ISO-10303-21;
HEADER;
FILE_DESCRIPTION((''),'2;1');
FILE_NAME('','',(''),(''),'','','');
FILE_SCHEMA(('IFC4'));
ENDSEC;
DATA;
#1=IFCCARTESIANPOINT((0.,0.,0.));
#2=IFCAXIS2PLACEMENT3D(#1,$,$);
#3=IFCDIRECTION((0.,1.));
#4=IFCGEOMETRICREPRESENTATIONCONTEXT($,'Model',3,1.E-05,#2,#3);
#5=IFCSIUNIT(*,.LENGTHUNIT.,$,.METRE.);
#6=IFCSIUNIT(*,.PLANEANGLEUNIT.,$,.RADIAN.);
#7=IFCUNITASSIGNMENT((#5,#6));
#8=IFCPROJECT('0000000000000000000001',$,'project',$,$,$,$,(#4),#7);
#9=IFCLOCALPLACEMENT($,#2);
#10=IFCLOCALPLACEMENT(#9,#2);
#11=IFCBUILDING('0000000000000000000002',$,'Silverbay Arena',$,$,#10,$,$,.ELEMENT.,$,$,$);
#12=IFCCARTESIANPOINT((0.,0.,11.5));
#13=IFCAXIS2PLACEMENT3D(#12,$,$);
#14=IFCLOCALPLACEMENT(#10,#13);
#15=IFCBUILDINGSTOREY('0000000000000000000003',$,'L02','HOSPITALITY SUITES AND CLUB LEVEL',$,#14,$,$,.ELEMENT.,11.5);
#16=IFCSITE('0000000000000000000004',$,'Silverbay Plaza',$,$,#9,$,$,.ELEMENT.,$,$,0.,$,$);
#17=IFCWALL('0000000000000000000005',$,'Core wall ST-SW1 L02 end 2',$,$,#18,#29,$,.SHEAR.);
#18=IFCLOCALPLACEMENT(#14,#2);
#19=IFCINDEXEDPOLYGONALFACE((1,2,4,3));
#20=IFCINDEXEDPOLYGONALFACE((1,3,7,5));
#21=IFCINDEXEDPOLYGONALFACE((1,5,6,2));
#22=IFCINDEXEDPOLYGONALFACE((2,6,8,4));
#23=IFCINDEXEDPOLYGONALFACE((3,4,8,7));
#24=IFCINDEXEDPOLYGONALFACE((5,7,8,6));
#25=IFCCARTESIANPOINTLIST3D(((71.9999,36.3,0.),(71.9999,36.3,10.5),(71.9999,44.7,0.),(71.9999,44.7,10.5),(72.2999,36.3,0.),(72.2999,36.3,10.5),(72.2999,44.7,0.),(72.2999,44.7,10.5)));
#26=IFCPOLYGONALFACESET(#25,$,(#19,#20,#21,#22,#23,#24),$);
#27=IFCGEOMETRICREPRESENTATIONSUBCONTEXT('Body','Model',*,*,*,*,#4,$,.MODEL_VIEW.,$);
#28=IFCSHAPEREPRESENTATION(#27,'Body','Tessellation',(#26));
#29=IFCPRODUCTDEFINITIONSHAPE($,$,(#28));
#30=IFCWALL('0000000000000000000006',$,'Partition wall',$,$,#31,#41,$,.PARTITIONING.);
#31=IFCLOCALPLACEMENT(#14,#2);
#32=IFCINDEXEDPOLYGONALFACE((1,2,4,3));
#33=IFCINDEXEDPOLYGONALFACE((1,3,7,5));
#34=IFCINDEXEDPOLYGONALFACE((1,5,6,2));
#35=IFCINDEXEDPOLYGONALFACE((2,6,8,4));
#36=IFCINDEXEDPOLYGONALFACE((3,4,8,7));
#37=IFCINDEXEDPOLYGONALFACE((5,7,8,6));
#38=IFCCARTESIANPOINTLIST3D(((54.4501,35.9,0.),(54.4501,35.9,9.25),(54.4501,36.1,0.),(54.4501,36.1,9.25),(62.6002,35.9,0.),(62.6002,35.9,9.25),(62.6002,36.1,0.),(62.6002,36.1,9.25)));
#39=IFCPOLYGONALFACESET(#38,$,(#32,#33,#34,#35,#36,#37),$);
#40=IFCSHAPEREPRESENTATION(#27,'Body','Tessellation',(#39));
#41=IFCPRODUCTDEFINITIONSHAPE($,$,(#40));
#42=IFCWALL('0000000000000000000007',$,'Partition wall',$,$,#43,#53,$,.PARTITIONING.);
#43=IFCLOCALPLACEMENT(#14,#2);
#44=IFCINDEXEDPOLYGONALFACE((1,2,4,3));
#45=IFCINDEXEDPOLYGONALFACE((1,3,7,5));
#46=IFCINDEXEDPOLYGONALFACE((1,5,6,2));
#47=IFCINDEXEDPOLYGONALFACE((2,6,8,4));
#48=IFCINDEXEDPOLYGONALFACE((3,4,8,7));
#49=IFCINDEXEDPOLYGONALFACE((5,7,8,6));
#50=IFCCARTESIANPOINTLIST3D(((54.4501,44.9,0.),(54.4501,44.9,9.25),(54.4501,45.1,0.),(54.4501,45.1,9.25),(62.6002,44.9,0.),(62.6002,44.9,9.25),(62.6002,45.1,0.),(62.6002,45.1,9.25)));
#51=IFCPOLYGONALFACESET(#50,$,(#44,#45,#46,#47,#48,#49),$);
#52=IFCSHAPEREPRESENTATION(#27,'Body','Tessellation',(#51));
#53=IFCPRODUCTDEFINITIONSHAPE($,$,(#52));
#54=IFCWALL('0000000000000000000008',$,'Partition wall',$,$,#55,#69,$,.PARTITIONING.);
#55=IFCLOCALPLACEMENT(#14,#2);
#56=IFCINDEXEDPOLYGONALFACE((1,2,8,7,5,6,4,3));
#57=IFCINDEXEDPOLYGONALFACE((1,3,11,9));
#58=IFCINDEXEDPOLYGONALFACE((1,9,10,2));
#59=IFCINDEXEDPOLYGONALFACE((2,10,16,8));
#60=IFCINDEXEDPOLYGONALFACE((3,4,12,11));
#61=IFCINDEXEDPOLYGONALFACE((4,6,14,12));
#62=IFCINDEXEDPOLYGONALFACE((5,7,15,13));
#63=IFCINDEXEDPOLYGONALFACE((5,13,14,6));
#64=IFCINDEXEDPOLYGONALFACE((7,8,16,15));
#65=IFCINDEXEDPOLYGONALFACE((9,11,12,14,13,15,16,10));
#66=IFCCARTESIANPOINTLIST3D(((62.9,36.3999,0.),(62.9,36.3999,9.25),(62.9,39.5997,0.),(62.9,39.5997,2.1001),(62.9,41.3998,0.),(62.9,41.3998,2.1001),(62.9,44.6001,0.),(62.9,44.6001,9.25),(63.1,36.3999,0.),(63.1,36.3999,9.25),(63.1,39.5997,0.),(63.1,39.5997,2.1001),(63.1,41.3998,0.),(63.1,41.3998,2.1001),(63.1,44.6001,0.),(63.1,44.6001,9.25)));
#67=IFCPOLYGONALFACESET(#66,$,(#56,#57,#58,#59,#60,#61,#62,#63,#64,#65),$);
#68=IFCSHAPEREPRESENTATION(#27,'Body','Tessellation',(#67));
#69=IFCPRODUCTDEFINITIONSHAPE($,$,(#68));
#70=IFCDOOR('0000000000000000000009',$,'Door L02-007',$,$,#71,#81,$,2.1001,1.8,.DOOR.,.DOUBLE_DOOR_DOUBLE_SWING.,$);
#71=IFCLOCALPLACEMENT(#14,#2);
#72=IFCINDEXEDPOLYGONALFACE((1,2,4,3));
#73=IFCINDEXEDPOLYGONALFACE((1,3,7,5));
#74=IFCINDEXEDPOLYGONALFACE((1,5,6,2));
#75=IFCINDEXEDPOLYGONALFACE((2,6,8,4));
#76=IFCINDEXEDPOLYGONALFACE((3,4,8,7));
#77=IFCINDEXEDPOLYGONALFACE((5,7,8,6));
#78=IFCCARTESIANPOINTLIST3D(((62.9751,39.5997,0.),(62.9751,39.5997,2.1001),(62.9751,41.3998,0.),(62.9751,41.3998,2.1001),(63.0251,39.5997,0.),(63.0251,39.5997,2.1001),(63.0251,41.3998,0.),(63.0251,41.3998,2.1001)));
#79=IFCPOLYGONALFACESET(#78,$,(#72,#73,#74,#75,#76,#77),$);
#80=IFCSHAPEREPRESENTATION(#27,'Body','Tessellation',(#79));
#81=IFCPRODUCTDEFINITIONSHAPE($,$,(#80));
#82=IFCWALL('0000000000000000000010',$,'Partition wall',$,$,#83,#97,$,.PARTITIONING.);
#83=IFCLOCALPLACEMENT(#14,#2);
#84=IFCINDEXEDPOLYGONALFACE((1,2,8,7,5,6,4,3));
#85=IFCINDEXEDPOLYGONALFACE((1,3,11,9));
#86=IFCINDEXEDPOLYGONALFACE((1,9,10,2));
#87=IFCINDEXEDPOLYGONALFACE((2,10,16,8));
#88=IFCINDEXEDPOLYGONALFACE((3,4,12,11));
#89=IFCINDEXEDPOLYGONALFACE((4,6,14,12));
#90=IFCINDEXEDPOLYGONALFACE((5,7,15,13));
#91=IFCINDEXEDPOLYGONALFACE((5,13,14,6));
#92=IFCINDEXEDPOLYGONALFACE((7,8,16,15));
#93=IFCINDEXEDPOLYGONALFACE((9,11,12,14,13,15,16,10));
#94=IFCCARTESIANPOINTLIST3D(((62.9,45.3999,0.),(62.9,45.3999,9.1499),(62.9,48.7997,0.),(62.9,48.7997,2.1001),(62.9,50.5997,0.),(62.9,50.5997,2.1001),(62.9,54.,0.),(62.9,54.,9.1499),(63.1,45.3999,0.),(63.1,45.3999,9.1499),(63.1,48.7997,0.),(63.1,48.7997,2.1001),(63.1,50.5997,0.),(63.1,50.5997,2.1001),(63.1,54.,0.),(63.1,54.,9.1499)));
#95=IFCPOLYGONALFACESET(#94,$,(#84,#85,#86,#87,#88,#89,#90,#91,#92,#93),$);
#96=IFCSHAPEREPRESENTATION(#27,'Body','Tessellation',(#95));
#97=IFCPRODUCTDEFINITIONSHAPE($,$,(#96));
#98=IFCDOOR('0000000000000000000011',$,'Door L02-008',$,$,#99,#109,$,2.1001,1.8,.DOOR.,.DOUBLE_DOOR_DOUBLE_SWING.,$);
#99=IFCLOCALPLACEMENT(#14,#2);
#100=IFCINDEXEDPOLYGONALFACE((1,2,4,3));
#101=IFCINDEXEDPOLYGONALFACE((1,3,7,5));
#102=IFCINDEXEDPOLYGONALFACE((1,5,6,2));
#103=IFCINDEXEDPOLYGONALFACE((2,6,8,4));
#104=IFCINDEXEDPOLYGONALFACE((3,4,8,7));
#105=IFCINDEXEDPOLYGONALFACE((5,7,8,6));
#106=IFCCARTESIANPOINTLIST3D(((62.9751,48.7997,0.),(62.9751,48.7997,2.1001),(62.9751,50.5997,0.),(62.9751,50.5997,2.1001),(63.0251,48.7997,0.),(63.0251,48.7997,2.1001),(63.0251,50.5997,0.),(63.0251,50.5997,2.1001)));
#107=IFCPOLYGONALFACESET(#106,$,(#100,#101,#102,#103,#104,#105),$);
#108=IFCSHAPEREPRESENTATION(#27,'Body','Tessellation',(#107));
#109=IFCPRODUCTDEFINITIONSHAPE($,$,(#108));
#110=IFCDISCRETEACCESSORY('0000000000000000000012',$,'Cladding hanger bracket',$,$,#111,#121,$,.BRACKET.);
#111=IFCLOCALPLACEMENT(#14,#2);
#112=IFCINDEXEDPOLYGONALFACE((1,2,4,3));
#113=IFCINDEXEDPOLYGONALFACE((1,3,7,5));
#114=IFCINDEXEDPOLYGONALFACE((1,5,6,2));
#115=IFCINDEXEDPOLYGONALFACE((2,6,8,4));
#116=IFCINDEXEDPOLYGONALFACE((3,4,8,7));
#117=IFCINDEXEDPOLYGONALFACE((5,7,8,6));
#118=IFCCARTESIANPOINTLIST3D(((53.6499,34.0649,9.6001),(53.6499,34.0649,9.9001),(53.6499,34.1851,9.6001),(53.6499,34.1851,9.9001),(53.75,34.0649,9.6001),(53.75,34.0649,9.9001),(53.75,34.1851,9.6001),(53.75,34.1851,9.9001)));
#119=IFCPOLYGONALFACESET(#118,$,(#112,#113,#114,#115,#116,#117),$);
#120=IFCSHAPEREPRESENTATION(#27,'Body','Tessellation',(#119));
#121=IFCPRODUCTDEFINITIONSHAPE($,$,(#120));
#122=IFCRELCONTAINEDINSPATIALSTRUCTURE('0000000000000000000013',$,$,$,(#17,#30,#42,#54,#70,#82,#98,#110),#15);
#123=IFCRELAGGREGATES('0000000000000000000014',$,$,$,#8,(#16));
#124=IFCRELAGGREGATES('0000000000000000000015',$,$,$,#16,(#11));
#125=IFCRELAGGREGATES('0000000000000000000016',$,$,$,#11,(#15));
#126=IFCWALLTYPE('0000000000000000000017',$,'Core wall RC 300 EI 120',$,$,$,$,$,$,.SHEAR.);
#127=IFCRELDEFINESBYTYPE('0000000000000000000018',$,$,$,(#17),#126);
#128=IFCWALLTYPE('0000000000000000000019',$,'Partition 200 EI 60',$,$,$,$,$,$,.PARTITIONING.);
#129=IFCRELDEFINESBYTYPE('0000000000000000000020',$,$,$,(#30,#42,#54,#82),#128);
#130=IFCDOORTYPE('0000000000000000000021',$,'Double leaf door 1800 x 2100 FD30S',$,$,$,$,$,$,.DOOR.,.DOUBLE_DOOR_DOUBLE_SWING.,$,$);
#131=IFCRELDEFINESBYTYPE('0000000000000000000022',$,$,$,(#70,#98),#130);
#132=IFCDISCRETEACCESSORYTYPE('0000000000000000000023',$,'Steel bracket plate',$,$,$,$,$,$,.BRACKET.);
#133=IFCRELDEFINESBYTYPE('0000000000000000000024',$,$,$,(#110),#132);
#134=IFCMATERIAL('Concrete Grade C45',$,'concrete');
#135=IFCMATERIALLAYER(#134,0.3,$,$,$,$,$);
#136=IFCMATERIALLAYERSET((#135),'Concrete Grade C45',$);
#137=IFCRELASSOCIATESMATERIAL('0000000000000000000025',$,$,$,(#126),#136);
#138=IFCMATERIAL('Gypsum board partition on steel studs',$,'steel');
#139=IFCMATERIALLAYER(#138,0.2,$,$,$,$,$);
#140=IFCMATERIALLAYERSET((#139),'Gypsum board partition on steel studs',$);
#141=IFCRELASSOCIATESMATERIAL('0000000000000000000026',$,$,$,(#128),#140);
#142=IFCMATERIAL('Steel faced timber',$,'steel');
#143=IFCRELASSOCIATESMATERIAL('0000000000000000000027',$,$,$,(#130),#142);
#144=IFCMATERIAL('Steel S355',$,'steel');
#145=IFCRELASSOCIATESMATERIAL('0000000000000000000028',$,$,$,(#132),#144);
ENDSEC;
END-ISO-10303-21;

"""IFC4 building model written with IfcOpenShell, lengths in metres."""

from ifc_helpers import new_model, si_unit, direction, frame, frame_2d, origin, origin_2d, place, context, subcontext, project, spatial, rectangle, extrude, material, layer, layer_set, type_object, element, fill, save


model = new_model("IFC4")

# Units and contexts
model_context = context("Model", 3, precision=1e-05, world=origin(), true_north=direction((0.0, 1.0)))
body_context = subcontext(model_context, "Body", "Model", "MODEL_VIEW")
ifc_project = project(units=[si_unit("LENGTHUNIT", "METRE"), si_unit("PLANEANGLEUNIT", "RADIAN")], contexts=[model_context])

# Site, building, storey
site_placement = place(None, origin())
site = spatial("IfcSite", under=ifc_project, at=site_placement, Name="Silverbay Plaza", CompositionType="ELEMENT", RefElevation=0.0)
building_placement = place(site_placement, origin())
building = spatial("IfcBuilding", under=site, at=building_placement, Name="Silverbay Arena", CompositionType="ELEMENT")
storey_placement = place(building_placement, frame((0.0, 0.0, 11.5)))
storey = spatial("IfcBuildingStorey", under=building, at=storey_placement, Name="L02", Description="HOSPITALITY SUITES AND CLUB LEVEL", CompositionType="ELEMENT", Elevation=11.5)

# Walls
ifc_material_1 = material(Name="Concrete Grade C45", Category="concrete")
ifc_layer_1 = layer(ifc_material_1, 0.3)
ifc_layer_set_1 = layer_set([ifc_layer_1], Name="Concrete Grade C45")
wall_type_1 = type_object("IfcWallType", Name="Core wall RC 300 EI 120", PredefinedType="SHEAR", material=ifc_layer_set_1)
wall_1_placement = place(storey_placement, frame((72.1499, 44.7, 0.0), z_axis=(0.0, 0.0, 1.0), x_axis=(0.0, -1.0, 0.0)))
element("IfcWall", 1, at=wall_1_placement, inside=storey, type_object=wall_type_1, Name="Core wall ST-SW1 L02 end 2", PredefinedType="SHEAR", context=body_context, shape_type="SweptSolid", body=[
    extrude(rectangle(XDim=8.3999, YDim=0.3, at=frame_2d((4.2, 0.0))), origin(), (0.0, 0.0, 1.0), 10.5),
])
ifc_material_2 = material(Name="Gypsum board partition on steel studs", Category="steel")
ifc_layer_2 = layer(ifc_material_2, 0.2)
ifc_layer_set_2 = layer_set([ifc_layer_2], Name="Gypsum board partition on steel studs")
wall_type_2 = type_object("IfcWallType", Name="Partition 200 EI 60", PredefinedType="PARTITIONING", material=ifc_layer_set_2)
for number, where, z_axis, x_axis, name in (
    (2, (54.45, 36.0, 0.0), (0.0, 0.0, 1.0), (1.0, 0.0, 0.0), "Partition wall"),
    (3, (54.45, 45.0, 0.0), (0.0, 0.0, 1.0), (1.0, 0.0, 0.0), "Partition wall"),
):
    element("IfcWall", number, at=place(storey_placement, frame(where, z_axis=z_axis, x_axis=x_axis)), inside=storey, type_object=wall_type_2, Name=name, PredefinedType="PARTITIONING", context=body_context, shape_type="SweptSolid", body=[
        extrude(rectangle(XDim=8.1501, YDim=0.2, at=frame_2d((4.0752, 0.0))), origin(), (0.0, 0.0, 1.0), 9.25),
    ])

# Walls, openings, doors
wall_2_placement = place(storey_placement, frame((63.0, 36.3999, 0.0), z_axis=(0.0, 0.0, 1.0), x_axis=(0.0, 1.0, 0.0)))
wall_2 = element("IfcWall", 4, at=wall_2_placement, inside=storey, type_object=wall_type_2, Name="Partition wall", PredefinedType="PARTITIONING", context=body_context, shape_type="SweptSolid", body=[
    extrude(rectangle(XDim=8.2002, YDim=0.2, at=frame_2d((4.1001, 0.0))), origin(), (0.0, 0.0, 1.0), 9.25),
])
opening_1_placement = place(wall_2_placement, frame((3.2, 0.0, 0.0)))
opening_1 = element("IfcOpeningElement", 5, at=opening_1_placement, cuts=wall_2, PredefinedType="OPENING", context=body_context, shape_type="SweptSolid", body=[
    extrude(rectangle(XDim=1.8, YDim=2.1001, at=frame_2d((0.8999, 1.05))), frame((0.0, 0.1099, 0.0), z_axis=(0.0, -1.0, 0.0), x_axis=(1.0, 0.0, 0.0)), (0.0, 0.0, 1.0), 0.22),
])
ifc_material_3 = material(Name="Steel faced timber", Category="steel")
door_type = type_object("IfcDoorType", Name="Double leaf door 1800 x 2100 FD30S", OperationType="DOUBLE_DOOR_DOUBLE_SWING", PredefinedType="DOOR", material=ifc_material_3)
door_1_placement = place(opening_1_placement, origin())
door_1 = element("IfcDoor", 6, at=door_1_placement, inside=storey, type_object=door_type, Name="Door L02-007", OperationType="DOUBLE_DOOR_DOUBLE_SWING", OverallHeight=2.1001, OverallWidth=1.8, PredefinedType="DOOR", context=body_context, shape_type="SweptSolid", body=[
    extrude(rectangle(XDim=1.8, YDim=2.1001, at=frame_2d((0.8999, 1.05))), frame((0.0, 0.0249, 0.0), z_axis=(0.0, -1.0, 0.0), x_axis=(1.0, 0.0, 0.0)), (0.0, 0.0, 1.0), 0.05),
])
fill(opening_1, door_1)
wall_3_placement = place(storey_placement, frame((63.0, 45.3999, 0.0), z_axis=(0.0, 0.0, 1.0), x_axis=(0.0, 1.0, 0.0)))
wall_3 = element("IfcWall", 7, at=wall_3_placement, inside=storey, type_object=wall_type_2, Name="Partition wall", PredefinedType="PARTITIONING", context=body_context, shape_type="SweptSolid", body=[
    extrude(rectangle(XDim=8.6001, YDim=0.2, at=frame_2d((4.3, 0.0))), origin(), (0.0, 0.0, 1.0), 9.1499),
])
opening_2_placement = place(wall_3_placement, frame((3.3999, 0.0, 0.0)))
opening_2 = element("IfcOpeningElement", 8, at=opening_2_placement, cuts=wall_3, PredefinedType="OPENING", context=body_context, shape_type="SweptSolid", body=[
    extrude(rectangle(XDim=1.8, YDim=2.1001, at=frame_2d((0.8999, 1.05))), frame((0.0, 0.1099, 0.0), z_axis=(0.0, -1.0, 0.0), x_axis=(1.0, 0.0, 0.0)), (0.0, 0.0, 1.0), 0.22),
])
door_2_placement = place(opening_2_placement, origin())
door_2 = element("IfcDoor", 9, at=door_2_placement, inside=storey, type_object=door_type, Name="Door L02-008", OperationType="DOUBLE_DOOR_DOUBLE_SWING", OverallHeight=2.1001, OverallWidth=1.8, PredefinedType="DOOR", context=body_context, shape_type="SweptSolid", body=[
    extrude(rectangle(XDim=1.8, YDim=2.1001, at=frame_2d((0.8999, 1.05))), frame((0.0, 0.0249, 0.0), z_axis=(0.0, -1.0, 0.0), x_axis=(1.0, 0.0, 0.0)), (0.0, 0.0, 1.0), 0.05),
])
fill(opening_2, door_2)

# Discrete accessory
ifc_material_4 = material(Name="Steel S355", Category="steel")
discrete_accessory_type = type_object("IfcDiscreteAccessoryType", Name="Steel bracket plate", PredefinedType="BRACKET", material=ifc_material_4)
discrete_accessory_placement = place(storey_placement, frame((53.7, 34.125, 9.6001), z_axis=(0.0, 0.0, 1.0), x_axis=(1.0, 0.0, 0.0)))
element("IfcDiscreteAccessory", 10, at=discrete_accessory_placement, inside=storey, type_object=discrete_accessory_type, Name="Cladding hanger bracket", PredefinedType="BRACKET", context=body_context, shape_type="SweptSolid", body=[
    extrude(rectangle(XDim=0.1001, YDim=0.1201, at=origin_2d()), origin(), (0.0, 0.0, 1.0), 0.3),
])

save(model, "model.ifc")
